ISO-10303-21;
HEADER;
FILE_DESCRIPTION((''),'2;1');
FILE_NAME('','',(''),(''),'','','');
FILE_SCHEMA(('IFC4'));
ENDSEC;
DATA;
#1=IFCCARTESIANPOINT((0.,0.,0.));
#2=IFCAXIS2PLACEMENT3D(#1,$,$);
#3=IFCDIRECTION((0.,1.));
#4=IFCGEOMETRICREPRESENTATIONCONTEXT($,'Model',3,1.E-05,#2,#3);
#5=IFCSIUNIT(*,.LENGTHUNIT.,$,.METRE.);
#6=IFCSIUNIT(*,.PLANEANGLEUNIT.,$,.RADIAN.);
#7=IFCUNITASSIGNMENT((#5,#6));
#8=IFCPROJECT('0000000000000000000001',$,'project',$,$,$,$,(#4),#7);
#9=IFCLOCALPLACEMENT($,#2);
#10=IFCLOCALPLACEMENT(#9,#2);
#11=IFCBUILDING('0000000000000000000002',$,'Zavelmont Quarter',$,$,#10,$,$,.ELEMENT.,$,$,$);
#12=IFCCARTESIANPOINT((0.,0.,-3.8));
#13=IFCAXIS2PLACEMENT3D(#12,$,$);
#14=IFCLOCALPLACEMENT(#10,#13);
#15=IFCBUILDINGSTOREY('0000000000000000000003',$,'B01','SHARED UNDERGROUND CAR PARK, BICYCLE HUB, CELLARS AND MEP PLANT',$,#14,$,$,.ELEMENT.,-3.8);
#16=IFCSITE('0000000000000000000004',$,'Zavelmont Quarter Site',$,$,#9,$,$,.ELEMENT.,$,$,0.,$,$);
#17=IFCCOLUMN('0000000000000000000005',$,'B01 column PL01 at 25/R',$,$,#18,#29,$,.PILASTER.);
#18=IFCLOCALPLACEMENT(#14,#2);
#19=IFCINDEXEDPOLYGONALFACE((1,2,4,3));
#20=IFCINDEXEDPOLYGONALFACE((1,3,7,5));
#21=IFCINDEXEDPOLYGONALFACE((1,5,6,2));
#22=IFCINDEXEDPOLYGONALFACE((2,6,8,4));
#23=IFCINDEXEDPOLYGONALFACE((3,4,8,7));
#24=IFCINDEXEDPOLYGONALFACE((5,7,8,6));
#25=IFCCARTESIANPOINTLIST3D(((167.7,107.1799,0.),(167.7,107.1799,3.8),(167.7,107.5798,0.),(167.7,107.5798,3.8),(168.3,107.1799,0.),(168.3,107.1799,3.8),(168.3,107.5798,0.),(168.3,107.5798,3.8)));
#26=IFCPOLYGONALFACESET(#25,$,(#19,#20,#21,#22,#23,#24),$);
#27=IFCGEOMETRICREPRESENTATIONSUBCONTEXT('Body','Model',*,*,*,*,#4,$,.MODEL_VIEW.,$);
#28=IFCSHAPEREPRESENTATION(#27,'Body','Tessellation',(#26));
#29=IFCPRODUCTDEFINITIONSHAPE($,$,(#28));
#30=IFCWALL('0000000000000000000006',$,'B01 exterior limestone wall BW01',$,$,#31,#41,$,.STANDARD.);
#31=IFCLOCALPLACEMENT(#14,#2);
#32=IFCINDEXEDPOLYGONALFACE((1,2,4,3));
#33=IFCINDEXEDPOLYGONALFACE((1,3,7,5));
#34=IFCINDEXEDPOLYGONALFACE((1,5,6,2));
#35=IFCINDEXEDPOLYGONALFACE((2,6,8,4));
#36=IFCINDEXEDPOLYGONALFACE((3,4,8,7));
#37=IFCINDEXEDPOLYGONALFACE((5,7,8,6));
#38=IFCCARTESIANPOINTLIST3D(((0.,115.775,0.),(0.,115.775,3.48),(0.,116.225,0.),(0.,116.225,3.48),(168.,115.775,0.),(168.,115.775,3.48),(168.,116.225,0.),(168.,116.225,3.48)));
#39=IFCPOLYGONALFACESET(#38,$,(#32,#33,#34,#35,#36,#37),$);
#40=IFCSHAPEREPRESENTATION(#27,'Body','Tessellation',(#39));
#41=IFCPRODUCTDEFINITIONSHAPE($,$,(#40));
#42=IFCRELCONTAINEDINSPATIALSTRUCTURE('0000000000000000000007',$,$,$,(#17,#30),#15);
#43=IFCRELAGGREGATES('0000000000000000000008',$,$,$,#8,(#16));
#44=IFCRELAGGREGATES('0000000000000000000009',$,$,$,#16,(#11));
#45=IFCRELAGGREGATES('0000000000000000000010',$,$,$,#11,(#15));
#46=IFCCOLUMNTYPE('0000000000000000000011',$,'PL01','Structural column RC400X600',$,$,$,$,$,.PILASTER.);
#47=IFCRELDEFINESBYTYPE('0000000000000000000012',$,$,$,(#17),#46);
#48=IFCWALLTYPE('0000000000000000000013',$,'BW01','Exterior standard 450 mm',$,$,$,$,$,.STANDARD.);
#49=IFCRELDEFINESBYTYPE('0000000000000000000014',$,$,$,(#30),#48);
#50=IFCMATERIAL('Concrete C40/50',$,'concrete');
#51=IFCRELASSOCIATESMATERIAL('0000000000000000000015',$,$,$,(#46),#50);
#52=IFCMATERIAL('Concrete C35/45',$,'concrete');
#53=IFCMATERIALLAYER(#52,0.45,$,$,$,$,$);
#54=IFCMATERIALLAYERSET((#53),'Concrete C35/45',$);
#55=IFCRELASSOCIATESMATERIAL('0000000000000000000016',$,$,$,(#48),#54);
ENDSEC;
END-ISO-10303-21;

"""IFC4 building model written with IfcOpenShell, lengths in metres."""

from ifc_helpers import new_model, si_unit, direction, frame, frame_2d, origin, origin_2d, place, context, subcontext, project, spatial, rectangle, extrude, material, layer, layer_set, material_profile, profile_set, type_object, element, save


model = new_model("IFC4")

# Units and contexts
model_context = context("Model", 3, precision=1e-05, world=origin(), true_north=direction((0.0, 1.0)))
body_context = subcontext(model_context, "Body", "Model", "MODEL_VIEW")
ifc_project = project(units=[si_unit("LENGTHUNIT", "METRE"), si_unit("PLANEANGLEUNIT", "RADIAN")], contexts=[model_context])

# Site, building, storey
site_placement = place(None, origin())
site = spatial("IfcSite", under=ifc_project, at=site_placement, Name="Zavelmont Quarter Site", CompositionType="ELEMENT", RefElevation=0.0)
building_placement = place(site_placement, origin())
building = spatial("IfcBuilding", under=site, at=building_placement, Name="Zavelmont Quarter", CompositionType="ELEMENT")
storey_placement = place(building_placement, frame((0.0, 0.0, -3.8)))
storey = spatial("IfcBuildingStorey", under=building, at=storey_placement, Name="B01", Description="SHARED UNDERGROUND CAR PARK, BICYCLE HUB, CELLARS AND MEP PLANT", CompositionType="ELEMENT", Elevation=-3.8)

# Shared definitions
ifc_material_1 = material(Name="Concrete C35/45", Category="concrete")

# Column
ifc_material_2 = material(Name="Concrete C40/50", Category="concrete")
ifc_material_profile_1 = material_profile(ifc_material_2, rectangle(XDim=0.3999, YDim=0.6001, at=origin_2d()), Name="RC400X600")
ifc_profile_set_1 = profile_set([ifc_material_profile_1], Name="Concrete C40/50")
column_type_1 = type_object("IfcColumnType", Name="PL01", Description="Structural column RC400X600", PredefinedType="PILASTER", material=ifc_profile_set_1)
for number, where, z_axis, x_axis, name in (
    (1, (168.0, 107.3799, 0.0), (0.0, 0.0, 1.0), (0.0, 1.0, 0.0), "B01 column PL01 at 25/R"),
):
    element("IfcColumn", number, at=place(storey_placement, frame(where, z_axis=z_axis, x_axis=x_axis)), inside=storey, type_object=column_type_1, Name=name, PredefinedType="PILASTER", context=body_context, shape_type="SweptSolid", body=[
        extrude(rectangle(XDim=0.3999, YDim=0.6001, at=origin_2d()), origin(), (0.0, 0.0, 1.0), 3.8),
    ])

# Wall
ifc_layer = layer(ifc_material_1, 0.45)
ifc_layer_set = layer_set([ifc_layer], Name="Concrete C35/45")
wall_type = type_object("IfcWallType", Name="BW01", Description="Exterior standard 450 mm", PredefinedType="STANDARD", material=ifc_layer_set)
wall_placement = place(storey_placement, frame((168.0, 116.0, 0.0), z_axis=(0.0, 0.0, 1.0), x_axis=(-1.0, 0.0, 0.0)))
element("IfcWall", 2, at=wall_placement, inside=storey, type_object=wall_type, Name="B01 exterior limestone wall BW01", PredefinedType="STANDARD", context=body_context, shape_type="SweptSolid", body=[
    extrude(rectangle(XDim=168.0, YDim=0.45, at=frame_2d((84.0, 0.0))), origin(), (0.0, 0.0, 1.0), 3.48),
])

save(model, "model.ifc")
